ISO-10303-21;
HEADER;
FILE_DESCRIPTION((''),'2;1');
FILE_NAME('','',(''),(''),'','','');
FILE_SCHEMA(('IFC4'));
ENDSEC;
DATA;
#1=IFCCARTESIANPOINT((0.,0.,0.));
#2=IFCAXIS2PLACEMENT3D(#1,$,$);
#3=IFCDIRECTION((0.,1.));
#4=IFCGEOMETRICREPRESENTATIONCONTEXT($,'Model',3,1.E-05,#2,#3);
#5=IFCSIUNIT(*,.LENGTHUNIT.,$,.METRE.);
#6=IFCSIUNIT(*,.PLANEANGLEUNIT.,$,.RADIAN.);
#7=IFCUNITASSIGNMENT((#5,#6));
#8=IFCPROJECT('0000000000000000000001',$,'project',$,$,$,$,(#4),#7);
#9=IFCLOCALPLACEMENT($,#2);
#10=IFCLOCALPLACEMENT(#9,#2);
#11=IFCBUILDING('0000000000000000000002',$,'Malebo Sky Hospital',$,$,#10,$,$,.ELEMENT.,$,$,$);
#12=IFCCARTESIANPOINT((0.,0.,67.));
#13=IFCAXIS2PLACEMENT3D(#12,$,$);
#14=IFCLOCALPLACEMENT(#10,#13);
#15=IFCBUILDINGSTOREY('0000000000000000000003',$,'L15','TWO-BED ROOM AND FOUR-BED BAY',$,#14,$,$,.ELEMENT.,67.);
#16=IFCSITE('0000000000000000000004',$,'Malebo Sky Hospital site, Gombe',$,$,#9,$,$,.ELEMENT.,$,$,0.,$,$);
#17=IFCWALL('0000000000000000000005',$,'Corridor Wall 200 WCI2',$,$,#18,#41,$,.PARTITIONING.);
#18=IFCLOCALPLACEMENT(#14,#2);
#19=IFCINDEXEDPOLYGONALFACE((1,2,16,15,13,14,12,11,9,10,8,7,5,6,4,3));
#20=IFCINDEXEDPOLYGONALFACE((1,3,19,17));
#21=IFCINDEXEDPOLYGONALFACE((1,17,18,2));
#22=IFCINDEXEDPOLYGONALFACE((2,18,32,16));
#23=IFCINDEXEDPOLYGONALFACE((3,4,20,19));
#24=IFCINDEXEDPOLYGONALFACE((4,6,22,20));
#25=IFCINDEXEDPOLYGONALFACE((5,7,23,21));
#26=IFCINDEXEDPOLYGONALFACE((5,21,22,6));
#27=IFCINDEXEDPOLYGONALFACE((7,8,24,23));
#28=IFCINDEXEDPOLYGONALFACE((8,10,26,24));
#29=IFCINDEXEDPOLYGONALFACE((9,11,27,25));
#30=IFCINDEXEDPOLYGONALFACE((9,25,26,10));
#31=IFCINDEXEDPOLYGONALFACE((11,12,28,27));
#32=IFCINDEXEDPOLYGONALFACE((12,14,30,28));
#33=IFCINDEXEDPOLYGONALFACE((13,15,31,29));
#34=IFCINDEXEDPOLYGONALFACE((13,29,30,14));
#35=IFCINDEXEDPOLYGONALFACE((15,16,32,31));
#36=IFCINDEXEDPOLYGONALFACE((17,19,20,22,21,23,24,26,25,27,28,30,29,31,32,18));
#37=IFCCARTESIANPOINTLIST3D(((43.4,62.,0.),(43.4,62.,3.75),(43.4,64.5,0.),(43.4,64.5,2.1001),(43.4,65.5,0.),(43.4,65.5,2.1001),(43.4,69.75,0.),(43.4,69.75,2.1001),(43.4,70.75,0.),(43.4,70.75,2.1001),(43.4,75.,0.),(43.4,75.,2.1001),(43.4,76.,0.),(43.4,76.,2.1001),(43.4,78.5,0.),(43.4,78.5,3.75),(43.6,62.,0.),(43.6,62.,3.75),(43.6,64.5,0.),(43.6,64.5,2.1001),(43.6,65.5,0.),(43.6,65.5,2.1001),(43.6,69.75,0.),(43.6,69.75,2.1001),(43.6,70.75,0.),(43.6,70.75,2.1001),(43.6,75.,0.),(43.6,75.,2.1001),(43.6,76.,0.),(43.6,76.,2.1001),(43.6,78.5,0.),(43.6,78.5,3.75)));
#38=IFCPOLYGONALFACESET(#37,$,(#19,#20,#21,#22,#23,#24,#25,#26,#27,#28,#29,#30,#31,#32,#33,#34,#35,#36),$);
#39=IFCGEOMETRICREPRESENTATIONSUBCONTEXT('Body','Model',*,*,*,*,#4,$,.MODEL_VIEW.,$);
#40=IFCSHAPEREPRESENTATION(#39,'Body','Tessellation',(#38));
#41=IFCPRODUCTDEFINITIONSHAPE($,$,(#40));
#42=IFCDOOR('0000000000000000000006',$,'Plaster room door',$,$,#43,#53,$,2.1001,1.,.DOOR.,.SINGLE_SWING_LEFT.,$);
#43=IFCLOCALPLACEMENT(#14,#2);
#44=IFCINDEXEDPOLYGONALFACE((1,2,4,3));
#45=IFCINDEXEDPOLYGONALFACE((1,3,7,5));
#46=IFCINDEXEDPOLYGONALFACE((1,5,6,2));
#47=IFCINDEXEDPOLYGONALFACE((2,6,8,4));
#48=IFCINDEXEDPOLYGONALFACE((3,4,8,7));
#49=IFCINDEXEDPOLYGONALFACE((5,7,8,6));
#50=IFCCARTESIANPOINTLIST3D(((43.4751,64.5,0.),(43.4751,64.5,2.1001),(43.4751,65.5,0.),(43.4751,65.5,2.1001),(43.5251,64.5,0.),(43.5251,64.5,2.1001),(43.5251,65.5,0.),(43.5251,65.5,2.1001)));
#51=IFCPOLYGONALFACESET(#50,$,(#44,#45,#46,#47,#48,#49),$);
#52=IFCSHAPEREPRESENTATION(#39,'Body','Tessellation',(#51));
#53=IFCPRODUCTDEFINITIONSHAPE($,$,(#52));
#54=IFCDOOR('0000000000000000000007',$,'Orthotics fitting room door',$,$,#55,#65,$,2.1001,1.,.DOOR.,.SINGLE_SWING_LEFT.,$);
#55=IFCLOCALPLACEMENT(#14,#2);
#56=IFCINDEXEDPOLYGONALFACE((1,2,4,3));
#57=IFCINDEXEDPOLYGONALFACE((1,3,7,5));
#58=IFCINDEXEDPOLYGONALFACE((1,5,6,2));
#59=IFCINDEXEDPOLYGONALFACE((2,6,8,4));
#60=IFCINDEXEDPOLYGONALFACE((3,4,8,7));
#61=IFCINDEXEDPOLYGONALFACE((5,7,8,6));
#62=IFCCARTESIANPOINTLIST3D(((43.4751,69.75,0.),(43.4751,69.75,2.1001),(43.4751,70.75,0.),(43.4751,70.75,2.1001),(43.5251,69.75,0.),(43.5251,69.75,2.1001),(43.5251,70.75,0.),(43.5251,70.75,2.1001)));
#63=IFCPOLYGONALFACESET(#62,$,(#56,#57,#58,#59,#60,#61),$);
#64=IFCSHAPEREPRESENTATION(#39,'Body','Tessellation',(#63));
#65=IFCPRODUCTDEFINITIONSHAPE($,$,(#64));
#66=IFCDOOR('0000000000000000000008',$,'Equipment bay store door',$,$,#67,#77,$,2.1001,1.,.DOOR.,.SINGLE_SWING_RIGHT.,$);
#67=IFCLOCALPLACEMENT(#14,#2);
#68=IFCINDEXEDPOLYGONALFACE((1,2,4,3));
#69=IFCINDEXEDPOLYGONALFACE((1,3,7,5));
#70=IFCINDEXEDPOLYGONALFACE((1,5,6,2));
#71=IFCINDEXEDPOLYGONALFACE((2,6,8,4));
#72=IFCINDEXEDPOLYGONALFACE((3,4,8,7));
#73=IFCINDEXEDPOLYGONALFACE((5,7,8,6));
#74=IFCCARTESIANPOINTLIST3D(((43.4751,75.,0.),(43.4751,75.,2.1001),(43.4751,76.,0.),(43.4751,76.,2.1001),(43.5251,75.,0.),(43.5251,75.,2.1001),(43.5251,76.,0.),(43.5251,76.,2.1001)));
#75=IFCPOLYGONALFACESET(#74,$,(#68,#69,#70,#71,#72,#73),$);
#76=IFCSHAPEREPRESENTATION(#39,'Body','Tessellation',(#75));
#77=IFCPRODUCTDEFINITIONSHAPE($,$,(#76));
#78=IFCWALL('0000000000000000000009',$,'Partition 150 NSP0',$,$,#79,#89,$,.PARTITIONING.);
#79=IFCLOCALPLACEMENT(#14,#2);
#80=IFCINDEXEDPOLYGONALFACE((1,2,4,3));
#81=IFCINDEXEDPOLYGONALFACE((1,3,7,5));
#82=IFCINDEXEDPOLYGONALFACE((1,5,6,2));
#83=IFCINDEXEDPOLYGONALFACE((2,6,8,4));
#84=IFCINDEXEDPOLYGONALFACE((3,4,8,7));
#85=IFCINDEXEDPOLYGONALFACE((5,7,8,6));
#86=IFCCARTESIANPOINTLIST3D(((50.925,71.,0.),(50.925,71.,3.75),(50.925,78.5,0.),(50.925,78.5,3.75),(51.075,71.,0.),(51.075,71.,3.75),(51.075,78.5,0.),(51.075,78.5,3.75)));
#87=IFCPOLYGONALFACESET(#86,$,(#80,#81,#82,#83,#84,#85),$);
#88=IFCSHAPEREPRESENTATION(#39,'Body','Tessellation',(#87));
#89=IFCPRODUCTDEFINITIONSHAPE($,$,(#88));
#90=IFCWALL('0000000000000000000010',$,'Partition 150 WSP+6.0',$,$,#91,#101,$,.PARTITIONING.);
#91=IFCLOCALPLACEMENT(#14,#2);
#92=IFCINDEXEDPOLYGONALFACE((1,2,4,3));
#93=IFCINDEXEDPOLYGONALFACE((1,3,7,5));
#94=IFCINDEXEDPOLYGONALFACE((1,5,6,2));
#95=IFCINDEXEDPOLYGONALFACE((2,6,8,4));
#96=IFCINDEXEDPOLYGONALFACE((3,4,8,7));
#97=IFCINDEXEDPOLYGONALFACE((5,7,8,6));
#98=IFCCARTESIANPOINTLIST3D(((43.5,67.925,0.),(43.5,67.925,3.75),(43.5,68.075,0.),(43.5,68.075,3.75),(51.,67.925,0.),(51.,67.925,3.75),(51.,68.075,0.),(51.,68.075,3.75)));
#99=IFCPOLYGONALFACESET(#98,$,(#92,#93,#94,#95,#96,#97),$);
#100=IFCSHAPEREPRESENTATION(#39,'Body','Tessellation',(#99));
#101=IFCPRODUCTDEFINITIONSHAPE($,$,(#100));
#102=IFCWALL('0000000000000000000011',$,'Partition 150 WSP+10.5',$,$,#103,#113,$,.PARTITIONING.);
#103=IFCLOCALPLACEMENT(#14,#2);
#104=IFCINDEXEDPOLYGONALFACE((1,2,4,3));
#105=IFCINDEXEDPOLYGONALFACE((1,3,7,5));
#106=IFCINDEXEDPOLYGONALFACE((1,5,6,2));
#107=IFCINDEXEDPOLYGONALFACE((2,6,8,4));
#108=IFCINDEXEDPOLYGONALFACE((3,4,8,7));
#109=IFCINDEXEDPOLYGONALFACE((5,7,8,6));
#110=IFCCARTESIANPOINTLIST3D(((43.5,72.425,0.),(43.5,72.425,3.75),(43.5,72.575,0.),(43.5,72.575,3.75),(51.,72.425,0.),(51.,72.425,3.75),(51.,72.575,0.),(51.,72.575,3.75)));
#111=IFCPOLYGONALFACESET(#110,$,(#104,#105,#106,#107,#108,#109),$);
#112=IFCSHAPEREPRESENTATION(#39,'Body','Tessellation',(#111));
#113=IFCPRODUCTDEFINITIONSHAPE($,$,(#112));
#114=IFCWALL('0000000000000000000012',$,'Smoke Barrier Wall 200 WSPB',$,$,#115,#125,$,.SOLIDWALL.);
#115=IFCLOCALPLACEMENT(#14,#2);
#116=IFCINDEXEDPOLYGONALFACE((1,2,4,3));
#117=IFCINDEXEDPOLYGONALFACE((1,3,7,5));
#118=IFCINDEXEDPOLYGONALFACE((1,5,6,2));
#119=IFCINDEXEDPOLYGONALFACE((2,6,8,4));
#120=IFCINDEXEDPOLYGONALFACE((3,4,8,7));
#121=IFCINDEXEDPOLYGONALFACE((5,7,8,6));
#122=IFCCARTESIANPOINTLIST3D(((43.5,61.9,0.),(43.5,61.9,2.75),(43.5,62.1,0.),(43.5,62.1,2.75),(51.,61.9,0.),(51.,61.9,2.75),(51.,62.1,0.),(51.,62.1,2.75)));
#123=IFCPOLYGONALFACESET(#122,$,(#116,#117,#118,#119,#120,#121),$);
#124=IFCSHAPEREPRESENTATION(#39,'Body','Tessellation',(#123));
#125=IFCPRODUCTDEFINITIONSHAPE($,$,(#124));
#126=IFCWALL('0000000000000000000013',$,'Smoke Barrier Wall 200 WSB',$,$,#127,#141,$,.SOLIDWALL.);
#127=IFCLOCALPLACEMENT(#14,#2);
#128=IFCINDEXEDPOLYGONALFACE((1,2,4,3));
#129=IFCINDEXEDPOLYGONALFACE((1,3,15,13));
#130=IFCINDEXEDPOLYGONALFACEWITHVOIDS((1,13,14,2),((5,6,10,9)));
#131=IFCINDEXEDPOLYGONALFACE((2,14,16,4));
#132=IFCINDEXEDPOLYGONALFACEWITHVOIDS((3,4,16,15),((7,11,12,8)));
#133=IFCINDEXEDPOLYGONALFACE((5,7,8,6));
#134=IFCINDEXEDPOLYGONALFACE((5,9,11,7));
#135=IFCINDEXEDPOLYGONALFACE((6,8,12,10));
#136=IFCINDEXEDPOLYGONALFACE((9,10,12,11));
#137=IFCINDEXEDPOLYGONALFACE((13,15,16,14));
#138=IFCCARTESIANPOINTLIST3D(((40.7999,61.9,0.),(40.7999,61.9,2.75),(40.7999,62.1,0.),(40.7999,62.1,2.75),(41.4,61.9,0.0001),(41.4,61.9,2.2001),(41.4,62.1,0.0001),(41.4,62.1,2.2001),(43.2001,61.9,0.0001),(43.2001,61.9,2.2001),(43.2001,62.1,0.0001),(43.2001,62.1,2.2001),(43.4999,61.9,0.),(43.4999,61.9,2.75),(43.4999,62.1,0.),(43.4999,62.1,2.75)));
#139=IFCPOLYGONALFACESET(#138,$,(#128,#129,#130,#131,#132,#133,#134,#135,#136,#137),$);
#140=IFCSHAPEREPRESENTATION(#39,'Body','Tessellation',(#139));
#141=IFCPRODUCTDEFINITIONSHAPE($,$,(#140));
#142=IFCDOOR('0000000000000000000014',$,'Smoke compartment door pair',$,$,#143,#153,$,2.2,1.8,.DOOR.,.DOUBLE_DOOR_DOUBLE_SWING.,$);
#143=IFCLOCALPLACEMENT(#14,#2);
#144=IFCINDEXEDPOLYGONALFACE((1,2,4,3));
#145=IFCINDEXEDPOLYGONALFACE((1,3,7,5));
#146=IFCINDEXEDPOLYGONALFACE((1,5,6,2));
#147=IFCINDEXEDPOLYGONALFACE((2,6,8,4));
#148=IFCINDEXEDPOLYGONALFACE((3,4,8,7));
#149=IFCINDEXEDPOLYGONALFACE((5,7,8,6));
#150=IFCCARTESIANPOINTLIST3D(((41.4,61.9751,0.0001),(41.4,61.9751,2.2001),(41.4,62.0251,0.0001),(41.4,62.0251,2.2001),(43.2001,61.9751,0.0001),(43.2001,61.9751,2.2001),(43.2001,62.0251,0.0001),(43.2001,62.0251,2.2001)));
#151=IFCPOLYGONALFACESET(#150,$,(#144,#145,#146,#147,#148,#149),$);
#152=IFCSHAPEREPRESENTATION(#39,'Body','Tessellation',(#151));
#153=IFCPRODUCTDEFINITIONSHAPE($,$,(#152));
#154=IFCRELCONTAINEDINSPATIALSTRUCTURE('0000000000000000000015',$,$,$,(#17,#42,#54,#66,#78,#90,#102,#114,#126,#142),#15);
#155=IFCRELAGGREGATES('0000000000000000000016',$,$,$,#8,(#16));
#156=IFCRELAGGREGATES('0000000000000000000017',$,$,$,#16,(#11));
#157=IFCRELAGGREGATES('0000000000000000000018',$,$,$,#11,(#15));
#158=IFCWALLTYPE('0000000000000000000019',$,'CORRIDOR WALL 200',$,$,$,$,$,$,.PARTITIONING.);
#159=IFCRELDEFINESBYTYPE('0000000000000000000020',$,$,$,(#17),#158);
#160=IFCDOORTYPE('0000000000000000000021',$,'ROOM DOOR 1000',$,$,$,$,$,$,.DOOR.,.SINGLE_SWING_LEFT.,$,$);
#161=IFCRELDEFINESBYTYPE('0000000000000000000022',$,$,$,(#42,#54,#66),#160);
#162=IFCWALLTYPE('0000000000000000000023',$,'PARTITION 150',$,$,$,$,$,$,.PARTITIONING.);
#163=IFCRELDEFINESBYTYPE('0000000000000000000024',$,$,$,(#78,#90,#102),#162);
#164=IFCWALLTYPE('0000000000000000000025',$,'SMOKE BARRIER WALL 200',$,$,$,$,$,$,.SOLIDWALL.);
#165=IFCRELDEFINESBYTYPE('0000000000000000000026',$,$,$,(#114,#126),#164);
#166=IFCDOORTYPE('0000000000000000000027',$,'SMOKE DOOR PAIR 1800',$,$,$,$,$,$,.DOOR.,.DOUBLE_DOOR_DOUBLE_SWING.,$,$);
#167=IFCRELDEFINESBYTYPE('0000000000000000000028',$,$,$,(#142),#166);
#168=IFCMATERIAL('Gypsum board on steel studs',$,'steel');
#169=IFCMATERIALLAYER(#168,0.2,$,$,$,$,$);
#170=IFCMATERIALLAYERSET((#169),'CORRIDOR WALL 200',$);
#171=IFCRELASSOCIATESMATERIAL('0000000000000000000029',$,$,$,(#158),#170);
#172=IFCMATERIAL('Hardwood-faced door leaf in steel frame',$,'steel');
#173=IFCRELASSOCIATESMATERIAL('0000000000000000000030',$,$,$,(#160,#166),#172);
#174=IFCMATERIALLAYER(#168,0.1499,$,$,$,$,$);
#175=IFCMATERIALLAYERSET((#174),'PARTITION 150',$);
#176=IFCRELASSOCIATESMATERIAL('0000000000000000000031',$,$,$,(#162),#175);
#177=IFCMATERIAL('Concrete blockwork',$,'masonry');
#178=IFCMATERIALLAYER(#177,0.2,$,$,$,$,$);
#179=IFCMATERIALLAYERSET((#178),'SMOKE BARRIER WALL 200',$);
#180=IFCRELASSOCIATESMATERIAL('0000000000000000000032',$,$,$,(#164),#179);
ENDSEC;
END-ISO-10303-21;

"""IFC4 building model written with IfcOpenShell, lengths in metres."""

from ifc_helpers import new_model, si_unit, direction, frame, frame_2d, origin, place, context, subcontext, project, spatial, rectangle, extrude, material, layer, layer_set, type_object, element, fill, save


model = new_model("IFC4")

# Units and contexts
model_context = context("Model", 3, precision=1e-05, world=origin(), true_north=direction((0.0, 1.0)))
body_context = subcontext(model_context, "Body", "Model", "MODEL_VIEW")
ifc_project = project(units=[si_unit("LENGTHUNIT", "METRE"), si_unit("PLANEANGLEUNIT", "RADIAN")], contexts=[model_context])

# Site, building, storey
site_placement = place(None, origin())
site = spatial("IfcSite", under=ifc_project, at=site_placement, Name="Malebo Sky Hospital site, Gombe", CompositionType="ELEMENT", RefElevation=0.0)
building_placement = place(site_placement, origin())
building = spatial("IfcBuilding", under=site, at=building_placement, Name="Malebo Sky Hospital", CompositionType="ELEMENT")
storey_placement = place(building_placement, frame((0.0, 0.0, 67.0)))
storey = spatial("IfcBuildingStorey", under=building, at=storey_placement, Name="L15", Description="TWO-BED ROOM AND FOUR-BED BAY", CompositionType="ELEMENT", Elevation=67.0)

# Shared definitions
ifc_material_1 = material(Name="Hardwood-faced door leaf in steel frame", Category="steel")

# Wall, openings, doors
ifc_material_2 = material(Name="Gypsum board on steel studs", Category="steel")
ifc_layer_1 = layer(ifc_material_2, 0.2)
ifc_layer_set_1 = layer_set([ifc_layer_1], Name="CORRIDOR WALL 200")
wall_type_1 = type_object("IfcWallType", Name="CORRIDOR WALL 200", PredefinedType="PARTITIONING", material=ifc_layer_set_1)
wall_1_placement = place(storey_placement, frame((43.5, 62.0, 0.0), z_axis=(0.0, 0.0, 1.0), x_axis=(0.0, 1.0, 0.0)))
wall_1 = element("IfcWall", 1, at=wall_1_placement, inside=storey, type_object=wall_type_1, Name="Corridor Wall 200 WCI2", PredefinedType="PARTITIONING", context=body_context, shape_type="SweptSolid", body=[
    extrude(rectangle(XDim=16.5, YDim=0.2, at=frame_2d((8.25, 0.0))), origin(), (0.0, 0.0, 1.0), 3.75),
])
opening_1_placement = place(wall_1_placement, frame((2.5, 0.0, 0.0)))
opening_1 = element("IfcOpeningElement", 2, at=opening_1_placement, cuts=wall_1, PredefinedType="OPENING", context=body_context, shape_type="SweptSolid", body=[
    extrude(rectangle(XDim=1.0, YDim=2.1001, at=frame_2d((0.5, 1.05))), frame((0.0, 0.1099, 0.0), z_axis=(0.0, -1.0, 0.0), x_axis=(1.0, 0.0, 0.0)), (0.0, 0.0, 1.0), 0.22),
])
opening_2_placement = place(wall_1_placement, frame((7.75, 0.0, 0.0)))
opening_2 = element("IfcOpeningElement", 3, at=opening_2_placement, cuts=wall_1, PredefinedType="OPENING", context=body_context, shape_type="SweptSolid", body=[
    extrude(rectangle(XDim=1.0, YDim=2.1001, at=frame_2d((0.5, 1.05))), frame((0.0, 0.1099, 0.0), z_axis=(0.0, -1.0, 0.0), x_axis=(1.0, 0.0, 0.0)), (0.0, 0.0, 1.0), 0.22),
])
opening_3_placement = place(wall_1_placement, frame((13.0, 0.0, 0.0)))
opening_3 = element("IfcOpeningElement", 4, at=opening_3_placement, cuts=wall_1, PredefinedType="OPENING", context=body_context, shape_type="SweptSolid", body=[
    extrude(rectangle(XDim=1.0, YDim=2.1001, at=frame_2d((0.5, 1.05))), frame((0.0, 0.1099, 0.0), z_axis=(0.0, -1.0, 0.0), x_axis=(1.0, 0.0, 0.0)), (0.0, 0.0, 1.0), 0.22),
])
door_type_1 = type_object("IfcDoorType", Name="ROOM DOOR 1000", OperationType="SINGLE_SWING_LEFT", PredefinedType="DOOR", material=ifc_material_1)
door_1_placement = place(opening_1_placement, origin())
door_1 = element("IfcDoor", 5, at=door_1_placement, inside=storey, type_object=door_type_1, Name="Plaster room door", OperationType="SINGLE_SWING_LEFT", OverallHeight=2.1001, OverallWidth=1.0, PredefinedType="DOOR", context=body_context, shape_type="SweptSolid", body=[
    extrude(rectangle(XDim=1.0, YDim=2.1001, at=frame_2d((0.5, 1.05))), frame((0.0, 0.0249, 0.0), z_axis=(0.0, -1.0, 0.0), x_axis=(1.0, 0.0, 0.0)), (0.0, 0.0, 1.0), 0.05),
])
fill(opening_1, door_1)
door_2_placement = place(opening_2_placement, origin())
door_2 = element("IfcDoor", 6, at=door_2_placement, inside=storey, type_object=door_type_1, Name="Orthotics fitting room door", OperationType="SINGLE_SWING_LEFT", OverallHeight=2.1001, OverallWidth=1.0, PredefinedType="DOOR", context=body_context, shape_type="SweptSolid", body=[
    extrude(rectangle(XDim=1.0, YDim=2.1001, at=frame_2d((0.5, 1.05))), frame((0.0, 0.0249, 0.0), z_axis=(0.0, -1.0, 0.0), x_axis=(1.0, 0.0, 0.0)), (0.0, 0.0, 1.0), 0.05),
])
fill(opening_2, door_2)
door_3_placement = place(opening_3_placement, origin())
door_3 = element("IfcDoor", 7, at=door_3_placement, inside=storey, type_object=door_type_1, Name="Equipment bay store door", OperationType="SINGLE_SWING_RIGHT", OverallHeight=2.1001, OverallWidth=1.0, PredefinedType="DOOR", context=body_context, shape_type="SweptSolid", body=[
    extrude(rectangle(XDim=1.0, YDim=2.1001, at=frame_2d((0.5, 1.05))), frame((0.0, 0.0249, 0.0), z_axis=(0.0, -1.0, 0.0), x_axis=(1.0, 0.0, 0.0)), (0.0, 0.0, 1.0), 0.05),
])
fill(opening_3, door_3)

# Walls
ifc_layer_2 = layer(ifc_material_2, 0.1499)
ifc_layer_set_2 = layer_set([ifc_layer_2], Name="PARTITION 150")
wall_type_2 = type_object("IfcWallType", Name="PARTITION 150", PredefinedType="PARTITIONING", material=ifc_layer_set_2)
for number, where, z_axis, x_axis, name in (
    (8, (51.0, 71.0, 0.0), (0.0, 0.0, 1.0), (0.0, 1.0, 0.0), "Partition 150 NSP0"),
    (9, (51.0, 68.0, 0.0), (0.0, 0.0, 1.0), (-1.0, 0.0, 0.0), "Partition 150 WSP+6.0"),
    (10, (51.0, 72.5, 0.0), (0.0, 0.0, 1.0), (-1.0, 0.0, 0.0), "Partition 150 WSP+10.5"),
):
    element("IfcWall", number, at=place(storey_placement, frame(where, z_axis=z_axis, x_axis=x_axis)), inside=storey, type_object=wall_type_2, Name=name, PredefinedType="PARTITIONING", context=body_context, shape_type="SweptSolid", body=[
        extrude(rectangle(XDim=7.5, YDim=0.1499, at=frame_2d((3.75, 0.0))), origin(), (0.0, 0.0, 1.0), 3.75),
    ])
ifc_material_3 = material(Name="Concrete blockwork", Category="masonry")
ifc_layer_3 = layer(ifc_material_3, 0.2)
ifc_layer_set_3 = layer_set([ifc_layer_3], Name="SMOKE BARRIER WALL 200")
wall_type_3 = type_object("IfcWallType", Name="SMOKE BARRIER WALL 200", PredefinedType="SOLIDWALL", material=ifc_layer_set_3)
wall_2_placement = place(storey_placement, frame((51.0, 62.0, 0.0), z_axis=(0.0, 0.0, 1.0), x_axis=(-1.0, 0.0, 0.0)))
element("IfcWall", 11, at=wall_2_placement, inside=storey, type_object=wall_type_3, Name="Smoke Barrier Wall 200 WSPB", PredefinedType="SOLIDWALL", context=body_context, shape_type="SweptSolid", body=[
    extrude(rectangle(XDim=7.5, YDim=0.2, at=frame_2d((3.75, 0.0))), origin(), (0.0, 0.0, 1.0), 2.75),
])

# Wall, opening, door
wall_3_placement = place(storey_placement, frame((43.5, 62.0, 0.0), z_axis=(0.0, 0.0, 1.0), x_axis=(-1.0, 0.0, 0.0)))
wall_3 = element("IfcWall", 12, at=wall_3_placement, inside=storey, type_object=wall_type_3, Name="Smoke Barrier Wall 200 WSB", PredefinedType="SOLIDWALL", context=body_context, shape_type="SweptSolid", body=[
    extrude(rectangle(XDim=2.7, YDim=0.2, at=frame_2d((1.3501, 0.0))), origin(), (0.0, 0.0, 1.0), 2.75),
])
opening_4_placement = place(wall_3_placement, frame((0.3, 0.0, 0.0)))
opening_4 = element("IfcOpeningElement", 13, at=opening_4_placement, cuts=wall_3, PredefinedType="OPENING", context=body_context, shape_type="SweptSolid", body=[
    extrude(rectangle(XDim=1.8, YDim=2.2, at=frame_2d((0.8999, 1.1001))), frame((0.0, 0.1099, 0.0), z_axis=(0.0, -1.0, 0.0), x_axis=(1.0, 0.0, 0.0)), (0.0, 0.0, 1.0), 0.22),
])
door_type_2 = type_object("IfcDoorType", Name="SMOKE DOOR PAIR 1800", OperationType="DOUBLE_DOOR_DOUBLE_SWING", PredefinedType="DOOR", material=ifc_material_1)
door_4_placement = place(opening_4_placement, origin())
door_4 = element("IfcDoor", 14, at=door_4_placement, inside=storey, type_object=door_type_2, Name="Smoke compartment door pair", OperationType="DOUBLE_DOOR_DOUBLE_SWING", OverallHeight=2.2, OverallWidth=1.8, PredefinedType="DOOR", context=body_context, shape_type="SweptSolid", body=[
    extrude(rectangle(XDim=1.8, YDim=2.2, at=frame_2d((0.8999, 1.1001))), frame((0.0, 0.0249, 0.0), z_axis=(0.0, -1.0, 0.0), x_axis=(1.0, 0.0, 0.0)), (0.0, 0.0, 1.0), 0.05),
])
fill(opening_4, door_4)

save(model, "model.ifc")
